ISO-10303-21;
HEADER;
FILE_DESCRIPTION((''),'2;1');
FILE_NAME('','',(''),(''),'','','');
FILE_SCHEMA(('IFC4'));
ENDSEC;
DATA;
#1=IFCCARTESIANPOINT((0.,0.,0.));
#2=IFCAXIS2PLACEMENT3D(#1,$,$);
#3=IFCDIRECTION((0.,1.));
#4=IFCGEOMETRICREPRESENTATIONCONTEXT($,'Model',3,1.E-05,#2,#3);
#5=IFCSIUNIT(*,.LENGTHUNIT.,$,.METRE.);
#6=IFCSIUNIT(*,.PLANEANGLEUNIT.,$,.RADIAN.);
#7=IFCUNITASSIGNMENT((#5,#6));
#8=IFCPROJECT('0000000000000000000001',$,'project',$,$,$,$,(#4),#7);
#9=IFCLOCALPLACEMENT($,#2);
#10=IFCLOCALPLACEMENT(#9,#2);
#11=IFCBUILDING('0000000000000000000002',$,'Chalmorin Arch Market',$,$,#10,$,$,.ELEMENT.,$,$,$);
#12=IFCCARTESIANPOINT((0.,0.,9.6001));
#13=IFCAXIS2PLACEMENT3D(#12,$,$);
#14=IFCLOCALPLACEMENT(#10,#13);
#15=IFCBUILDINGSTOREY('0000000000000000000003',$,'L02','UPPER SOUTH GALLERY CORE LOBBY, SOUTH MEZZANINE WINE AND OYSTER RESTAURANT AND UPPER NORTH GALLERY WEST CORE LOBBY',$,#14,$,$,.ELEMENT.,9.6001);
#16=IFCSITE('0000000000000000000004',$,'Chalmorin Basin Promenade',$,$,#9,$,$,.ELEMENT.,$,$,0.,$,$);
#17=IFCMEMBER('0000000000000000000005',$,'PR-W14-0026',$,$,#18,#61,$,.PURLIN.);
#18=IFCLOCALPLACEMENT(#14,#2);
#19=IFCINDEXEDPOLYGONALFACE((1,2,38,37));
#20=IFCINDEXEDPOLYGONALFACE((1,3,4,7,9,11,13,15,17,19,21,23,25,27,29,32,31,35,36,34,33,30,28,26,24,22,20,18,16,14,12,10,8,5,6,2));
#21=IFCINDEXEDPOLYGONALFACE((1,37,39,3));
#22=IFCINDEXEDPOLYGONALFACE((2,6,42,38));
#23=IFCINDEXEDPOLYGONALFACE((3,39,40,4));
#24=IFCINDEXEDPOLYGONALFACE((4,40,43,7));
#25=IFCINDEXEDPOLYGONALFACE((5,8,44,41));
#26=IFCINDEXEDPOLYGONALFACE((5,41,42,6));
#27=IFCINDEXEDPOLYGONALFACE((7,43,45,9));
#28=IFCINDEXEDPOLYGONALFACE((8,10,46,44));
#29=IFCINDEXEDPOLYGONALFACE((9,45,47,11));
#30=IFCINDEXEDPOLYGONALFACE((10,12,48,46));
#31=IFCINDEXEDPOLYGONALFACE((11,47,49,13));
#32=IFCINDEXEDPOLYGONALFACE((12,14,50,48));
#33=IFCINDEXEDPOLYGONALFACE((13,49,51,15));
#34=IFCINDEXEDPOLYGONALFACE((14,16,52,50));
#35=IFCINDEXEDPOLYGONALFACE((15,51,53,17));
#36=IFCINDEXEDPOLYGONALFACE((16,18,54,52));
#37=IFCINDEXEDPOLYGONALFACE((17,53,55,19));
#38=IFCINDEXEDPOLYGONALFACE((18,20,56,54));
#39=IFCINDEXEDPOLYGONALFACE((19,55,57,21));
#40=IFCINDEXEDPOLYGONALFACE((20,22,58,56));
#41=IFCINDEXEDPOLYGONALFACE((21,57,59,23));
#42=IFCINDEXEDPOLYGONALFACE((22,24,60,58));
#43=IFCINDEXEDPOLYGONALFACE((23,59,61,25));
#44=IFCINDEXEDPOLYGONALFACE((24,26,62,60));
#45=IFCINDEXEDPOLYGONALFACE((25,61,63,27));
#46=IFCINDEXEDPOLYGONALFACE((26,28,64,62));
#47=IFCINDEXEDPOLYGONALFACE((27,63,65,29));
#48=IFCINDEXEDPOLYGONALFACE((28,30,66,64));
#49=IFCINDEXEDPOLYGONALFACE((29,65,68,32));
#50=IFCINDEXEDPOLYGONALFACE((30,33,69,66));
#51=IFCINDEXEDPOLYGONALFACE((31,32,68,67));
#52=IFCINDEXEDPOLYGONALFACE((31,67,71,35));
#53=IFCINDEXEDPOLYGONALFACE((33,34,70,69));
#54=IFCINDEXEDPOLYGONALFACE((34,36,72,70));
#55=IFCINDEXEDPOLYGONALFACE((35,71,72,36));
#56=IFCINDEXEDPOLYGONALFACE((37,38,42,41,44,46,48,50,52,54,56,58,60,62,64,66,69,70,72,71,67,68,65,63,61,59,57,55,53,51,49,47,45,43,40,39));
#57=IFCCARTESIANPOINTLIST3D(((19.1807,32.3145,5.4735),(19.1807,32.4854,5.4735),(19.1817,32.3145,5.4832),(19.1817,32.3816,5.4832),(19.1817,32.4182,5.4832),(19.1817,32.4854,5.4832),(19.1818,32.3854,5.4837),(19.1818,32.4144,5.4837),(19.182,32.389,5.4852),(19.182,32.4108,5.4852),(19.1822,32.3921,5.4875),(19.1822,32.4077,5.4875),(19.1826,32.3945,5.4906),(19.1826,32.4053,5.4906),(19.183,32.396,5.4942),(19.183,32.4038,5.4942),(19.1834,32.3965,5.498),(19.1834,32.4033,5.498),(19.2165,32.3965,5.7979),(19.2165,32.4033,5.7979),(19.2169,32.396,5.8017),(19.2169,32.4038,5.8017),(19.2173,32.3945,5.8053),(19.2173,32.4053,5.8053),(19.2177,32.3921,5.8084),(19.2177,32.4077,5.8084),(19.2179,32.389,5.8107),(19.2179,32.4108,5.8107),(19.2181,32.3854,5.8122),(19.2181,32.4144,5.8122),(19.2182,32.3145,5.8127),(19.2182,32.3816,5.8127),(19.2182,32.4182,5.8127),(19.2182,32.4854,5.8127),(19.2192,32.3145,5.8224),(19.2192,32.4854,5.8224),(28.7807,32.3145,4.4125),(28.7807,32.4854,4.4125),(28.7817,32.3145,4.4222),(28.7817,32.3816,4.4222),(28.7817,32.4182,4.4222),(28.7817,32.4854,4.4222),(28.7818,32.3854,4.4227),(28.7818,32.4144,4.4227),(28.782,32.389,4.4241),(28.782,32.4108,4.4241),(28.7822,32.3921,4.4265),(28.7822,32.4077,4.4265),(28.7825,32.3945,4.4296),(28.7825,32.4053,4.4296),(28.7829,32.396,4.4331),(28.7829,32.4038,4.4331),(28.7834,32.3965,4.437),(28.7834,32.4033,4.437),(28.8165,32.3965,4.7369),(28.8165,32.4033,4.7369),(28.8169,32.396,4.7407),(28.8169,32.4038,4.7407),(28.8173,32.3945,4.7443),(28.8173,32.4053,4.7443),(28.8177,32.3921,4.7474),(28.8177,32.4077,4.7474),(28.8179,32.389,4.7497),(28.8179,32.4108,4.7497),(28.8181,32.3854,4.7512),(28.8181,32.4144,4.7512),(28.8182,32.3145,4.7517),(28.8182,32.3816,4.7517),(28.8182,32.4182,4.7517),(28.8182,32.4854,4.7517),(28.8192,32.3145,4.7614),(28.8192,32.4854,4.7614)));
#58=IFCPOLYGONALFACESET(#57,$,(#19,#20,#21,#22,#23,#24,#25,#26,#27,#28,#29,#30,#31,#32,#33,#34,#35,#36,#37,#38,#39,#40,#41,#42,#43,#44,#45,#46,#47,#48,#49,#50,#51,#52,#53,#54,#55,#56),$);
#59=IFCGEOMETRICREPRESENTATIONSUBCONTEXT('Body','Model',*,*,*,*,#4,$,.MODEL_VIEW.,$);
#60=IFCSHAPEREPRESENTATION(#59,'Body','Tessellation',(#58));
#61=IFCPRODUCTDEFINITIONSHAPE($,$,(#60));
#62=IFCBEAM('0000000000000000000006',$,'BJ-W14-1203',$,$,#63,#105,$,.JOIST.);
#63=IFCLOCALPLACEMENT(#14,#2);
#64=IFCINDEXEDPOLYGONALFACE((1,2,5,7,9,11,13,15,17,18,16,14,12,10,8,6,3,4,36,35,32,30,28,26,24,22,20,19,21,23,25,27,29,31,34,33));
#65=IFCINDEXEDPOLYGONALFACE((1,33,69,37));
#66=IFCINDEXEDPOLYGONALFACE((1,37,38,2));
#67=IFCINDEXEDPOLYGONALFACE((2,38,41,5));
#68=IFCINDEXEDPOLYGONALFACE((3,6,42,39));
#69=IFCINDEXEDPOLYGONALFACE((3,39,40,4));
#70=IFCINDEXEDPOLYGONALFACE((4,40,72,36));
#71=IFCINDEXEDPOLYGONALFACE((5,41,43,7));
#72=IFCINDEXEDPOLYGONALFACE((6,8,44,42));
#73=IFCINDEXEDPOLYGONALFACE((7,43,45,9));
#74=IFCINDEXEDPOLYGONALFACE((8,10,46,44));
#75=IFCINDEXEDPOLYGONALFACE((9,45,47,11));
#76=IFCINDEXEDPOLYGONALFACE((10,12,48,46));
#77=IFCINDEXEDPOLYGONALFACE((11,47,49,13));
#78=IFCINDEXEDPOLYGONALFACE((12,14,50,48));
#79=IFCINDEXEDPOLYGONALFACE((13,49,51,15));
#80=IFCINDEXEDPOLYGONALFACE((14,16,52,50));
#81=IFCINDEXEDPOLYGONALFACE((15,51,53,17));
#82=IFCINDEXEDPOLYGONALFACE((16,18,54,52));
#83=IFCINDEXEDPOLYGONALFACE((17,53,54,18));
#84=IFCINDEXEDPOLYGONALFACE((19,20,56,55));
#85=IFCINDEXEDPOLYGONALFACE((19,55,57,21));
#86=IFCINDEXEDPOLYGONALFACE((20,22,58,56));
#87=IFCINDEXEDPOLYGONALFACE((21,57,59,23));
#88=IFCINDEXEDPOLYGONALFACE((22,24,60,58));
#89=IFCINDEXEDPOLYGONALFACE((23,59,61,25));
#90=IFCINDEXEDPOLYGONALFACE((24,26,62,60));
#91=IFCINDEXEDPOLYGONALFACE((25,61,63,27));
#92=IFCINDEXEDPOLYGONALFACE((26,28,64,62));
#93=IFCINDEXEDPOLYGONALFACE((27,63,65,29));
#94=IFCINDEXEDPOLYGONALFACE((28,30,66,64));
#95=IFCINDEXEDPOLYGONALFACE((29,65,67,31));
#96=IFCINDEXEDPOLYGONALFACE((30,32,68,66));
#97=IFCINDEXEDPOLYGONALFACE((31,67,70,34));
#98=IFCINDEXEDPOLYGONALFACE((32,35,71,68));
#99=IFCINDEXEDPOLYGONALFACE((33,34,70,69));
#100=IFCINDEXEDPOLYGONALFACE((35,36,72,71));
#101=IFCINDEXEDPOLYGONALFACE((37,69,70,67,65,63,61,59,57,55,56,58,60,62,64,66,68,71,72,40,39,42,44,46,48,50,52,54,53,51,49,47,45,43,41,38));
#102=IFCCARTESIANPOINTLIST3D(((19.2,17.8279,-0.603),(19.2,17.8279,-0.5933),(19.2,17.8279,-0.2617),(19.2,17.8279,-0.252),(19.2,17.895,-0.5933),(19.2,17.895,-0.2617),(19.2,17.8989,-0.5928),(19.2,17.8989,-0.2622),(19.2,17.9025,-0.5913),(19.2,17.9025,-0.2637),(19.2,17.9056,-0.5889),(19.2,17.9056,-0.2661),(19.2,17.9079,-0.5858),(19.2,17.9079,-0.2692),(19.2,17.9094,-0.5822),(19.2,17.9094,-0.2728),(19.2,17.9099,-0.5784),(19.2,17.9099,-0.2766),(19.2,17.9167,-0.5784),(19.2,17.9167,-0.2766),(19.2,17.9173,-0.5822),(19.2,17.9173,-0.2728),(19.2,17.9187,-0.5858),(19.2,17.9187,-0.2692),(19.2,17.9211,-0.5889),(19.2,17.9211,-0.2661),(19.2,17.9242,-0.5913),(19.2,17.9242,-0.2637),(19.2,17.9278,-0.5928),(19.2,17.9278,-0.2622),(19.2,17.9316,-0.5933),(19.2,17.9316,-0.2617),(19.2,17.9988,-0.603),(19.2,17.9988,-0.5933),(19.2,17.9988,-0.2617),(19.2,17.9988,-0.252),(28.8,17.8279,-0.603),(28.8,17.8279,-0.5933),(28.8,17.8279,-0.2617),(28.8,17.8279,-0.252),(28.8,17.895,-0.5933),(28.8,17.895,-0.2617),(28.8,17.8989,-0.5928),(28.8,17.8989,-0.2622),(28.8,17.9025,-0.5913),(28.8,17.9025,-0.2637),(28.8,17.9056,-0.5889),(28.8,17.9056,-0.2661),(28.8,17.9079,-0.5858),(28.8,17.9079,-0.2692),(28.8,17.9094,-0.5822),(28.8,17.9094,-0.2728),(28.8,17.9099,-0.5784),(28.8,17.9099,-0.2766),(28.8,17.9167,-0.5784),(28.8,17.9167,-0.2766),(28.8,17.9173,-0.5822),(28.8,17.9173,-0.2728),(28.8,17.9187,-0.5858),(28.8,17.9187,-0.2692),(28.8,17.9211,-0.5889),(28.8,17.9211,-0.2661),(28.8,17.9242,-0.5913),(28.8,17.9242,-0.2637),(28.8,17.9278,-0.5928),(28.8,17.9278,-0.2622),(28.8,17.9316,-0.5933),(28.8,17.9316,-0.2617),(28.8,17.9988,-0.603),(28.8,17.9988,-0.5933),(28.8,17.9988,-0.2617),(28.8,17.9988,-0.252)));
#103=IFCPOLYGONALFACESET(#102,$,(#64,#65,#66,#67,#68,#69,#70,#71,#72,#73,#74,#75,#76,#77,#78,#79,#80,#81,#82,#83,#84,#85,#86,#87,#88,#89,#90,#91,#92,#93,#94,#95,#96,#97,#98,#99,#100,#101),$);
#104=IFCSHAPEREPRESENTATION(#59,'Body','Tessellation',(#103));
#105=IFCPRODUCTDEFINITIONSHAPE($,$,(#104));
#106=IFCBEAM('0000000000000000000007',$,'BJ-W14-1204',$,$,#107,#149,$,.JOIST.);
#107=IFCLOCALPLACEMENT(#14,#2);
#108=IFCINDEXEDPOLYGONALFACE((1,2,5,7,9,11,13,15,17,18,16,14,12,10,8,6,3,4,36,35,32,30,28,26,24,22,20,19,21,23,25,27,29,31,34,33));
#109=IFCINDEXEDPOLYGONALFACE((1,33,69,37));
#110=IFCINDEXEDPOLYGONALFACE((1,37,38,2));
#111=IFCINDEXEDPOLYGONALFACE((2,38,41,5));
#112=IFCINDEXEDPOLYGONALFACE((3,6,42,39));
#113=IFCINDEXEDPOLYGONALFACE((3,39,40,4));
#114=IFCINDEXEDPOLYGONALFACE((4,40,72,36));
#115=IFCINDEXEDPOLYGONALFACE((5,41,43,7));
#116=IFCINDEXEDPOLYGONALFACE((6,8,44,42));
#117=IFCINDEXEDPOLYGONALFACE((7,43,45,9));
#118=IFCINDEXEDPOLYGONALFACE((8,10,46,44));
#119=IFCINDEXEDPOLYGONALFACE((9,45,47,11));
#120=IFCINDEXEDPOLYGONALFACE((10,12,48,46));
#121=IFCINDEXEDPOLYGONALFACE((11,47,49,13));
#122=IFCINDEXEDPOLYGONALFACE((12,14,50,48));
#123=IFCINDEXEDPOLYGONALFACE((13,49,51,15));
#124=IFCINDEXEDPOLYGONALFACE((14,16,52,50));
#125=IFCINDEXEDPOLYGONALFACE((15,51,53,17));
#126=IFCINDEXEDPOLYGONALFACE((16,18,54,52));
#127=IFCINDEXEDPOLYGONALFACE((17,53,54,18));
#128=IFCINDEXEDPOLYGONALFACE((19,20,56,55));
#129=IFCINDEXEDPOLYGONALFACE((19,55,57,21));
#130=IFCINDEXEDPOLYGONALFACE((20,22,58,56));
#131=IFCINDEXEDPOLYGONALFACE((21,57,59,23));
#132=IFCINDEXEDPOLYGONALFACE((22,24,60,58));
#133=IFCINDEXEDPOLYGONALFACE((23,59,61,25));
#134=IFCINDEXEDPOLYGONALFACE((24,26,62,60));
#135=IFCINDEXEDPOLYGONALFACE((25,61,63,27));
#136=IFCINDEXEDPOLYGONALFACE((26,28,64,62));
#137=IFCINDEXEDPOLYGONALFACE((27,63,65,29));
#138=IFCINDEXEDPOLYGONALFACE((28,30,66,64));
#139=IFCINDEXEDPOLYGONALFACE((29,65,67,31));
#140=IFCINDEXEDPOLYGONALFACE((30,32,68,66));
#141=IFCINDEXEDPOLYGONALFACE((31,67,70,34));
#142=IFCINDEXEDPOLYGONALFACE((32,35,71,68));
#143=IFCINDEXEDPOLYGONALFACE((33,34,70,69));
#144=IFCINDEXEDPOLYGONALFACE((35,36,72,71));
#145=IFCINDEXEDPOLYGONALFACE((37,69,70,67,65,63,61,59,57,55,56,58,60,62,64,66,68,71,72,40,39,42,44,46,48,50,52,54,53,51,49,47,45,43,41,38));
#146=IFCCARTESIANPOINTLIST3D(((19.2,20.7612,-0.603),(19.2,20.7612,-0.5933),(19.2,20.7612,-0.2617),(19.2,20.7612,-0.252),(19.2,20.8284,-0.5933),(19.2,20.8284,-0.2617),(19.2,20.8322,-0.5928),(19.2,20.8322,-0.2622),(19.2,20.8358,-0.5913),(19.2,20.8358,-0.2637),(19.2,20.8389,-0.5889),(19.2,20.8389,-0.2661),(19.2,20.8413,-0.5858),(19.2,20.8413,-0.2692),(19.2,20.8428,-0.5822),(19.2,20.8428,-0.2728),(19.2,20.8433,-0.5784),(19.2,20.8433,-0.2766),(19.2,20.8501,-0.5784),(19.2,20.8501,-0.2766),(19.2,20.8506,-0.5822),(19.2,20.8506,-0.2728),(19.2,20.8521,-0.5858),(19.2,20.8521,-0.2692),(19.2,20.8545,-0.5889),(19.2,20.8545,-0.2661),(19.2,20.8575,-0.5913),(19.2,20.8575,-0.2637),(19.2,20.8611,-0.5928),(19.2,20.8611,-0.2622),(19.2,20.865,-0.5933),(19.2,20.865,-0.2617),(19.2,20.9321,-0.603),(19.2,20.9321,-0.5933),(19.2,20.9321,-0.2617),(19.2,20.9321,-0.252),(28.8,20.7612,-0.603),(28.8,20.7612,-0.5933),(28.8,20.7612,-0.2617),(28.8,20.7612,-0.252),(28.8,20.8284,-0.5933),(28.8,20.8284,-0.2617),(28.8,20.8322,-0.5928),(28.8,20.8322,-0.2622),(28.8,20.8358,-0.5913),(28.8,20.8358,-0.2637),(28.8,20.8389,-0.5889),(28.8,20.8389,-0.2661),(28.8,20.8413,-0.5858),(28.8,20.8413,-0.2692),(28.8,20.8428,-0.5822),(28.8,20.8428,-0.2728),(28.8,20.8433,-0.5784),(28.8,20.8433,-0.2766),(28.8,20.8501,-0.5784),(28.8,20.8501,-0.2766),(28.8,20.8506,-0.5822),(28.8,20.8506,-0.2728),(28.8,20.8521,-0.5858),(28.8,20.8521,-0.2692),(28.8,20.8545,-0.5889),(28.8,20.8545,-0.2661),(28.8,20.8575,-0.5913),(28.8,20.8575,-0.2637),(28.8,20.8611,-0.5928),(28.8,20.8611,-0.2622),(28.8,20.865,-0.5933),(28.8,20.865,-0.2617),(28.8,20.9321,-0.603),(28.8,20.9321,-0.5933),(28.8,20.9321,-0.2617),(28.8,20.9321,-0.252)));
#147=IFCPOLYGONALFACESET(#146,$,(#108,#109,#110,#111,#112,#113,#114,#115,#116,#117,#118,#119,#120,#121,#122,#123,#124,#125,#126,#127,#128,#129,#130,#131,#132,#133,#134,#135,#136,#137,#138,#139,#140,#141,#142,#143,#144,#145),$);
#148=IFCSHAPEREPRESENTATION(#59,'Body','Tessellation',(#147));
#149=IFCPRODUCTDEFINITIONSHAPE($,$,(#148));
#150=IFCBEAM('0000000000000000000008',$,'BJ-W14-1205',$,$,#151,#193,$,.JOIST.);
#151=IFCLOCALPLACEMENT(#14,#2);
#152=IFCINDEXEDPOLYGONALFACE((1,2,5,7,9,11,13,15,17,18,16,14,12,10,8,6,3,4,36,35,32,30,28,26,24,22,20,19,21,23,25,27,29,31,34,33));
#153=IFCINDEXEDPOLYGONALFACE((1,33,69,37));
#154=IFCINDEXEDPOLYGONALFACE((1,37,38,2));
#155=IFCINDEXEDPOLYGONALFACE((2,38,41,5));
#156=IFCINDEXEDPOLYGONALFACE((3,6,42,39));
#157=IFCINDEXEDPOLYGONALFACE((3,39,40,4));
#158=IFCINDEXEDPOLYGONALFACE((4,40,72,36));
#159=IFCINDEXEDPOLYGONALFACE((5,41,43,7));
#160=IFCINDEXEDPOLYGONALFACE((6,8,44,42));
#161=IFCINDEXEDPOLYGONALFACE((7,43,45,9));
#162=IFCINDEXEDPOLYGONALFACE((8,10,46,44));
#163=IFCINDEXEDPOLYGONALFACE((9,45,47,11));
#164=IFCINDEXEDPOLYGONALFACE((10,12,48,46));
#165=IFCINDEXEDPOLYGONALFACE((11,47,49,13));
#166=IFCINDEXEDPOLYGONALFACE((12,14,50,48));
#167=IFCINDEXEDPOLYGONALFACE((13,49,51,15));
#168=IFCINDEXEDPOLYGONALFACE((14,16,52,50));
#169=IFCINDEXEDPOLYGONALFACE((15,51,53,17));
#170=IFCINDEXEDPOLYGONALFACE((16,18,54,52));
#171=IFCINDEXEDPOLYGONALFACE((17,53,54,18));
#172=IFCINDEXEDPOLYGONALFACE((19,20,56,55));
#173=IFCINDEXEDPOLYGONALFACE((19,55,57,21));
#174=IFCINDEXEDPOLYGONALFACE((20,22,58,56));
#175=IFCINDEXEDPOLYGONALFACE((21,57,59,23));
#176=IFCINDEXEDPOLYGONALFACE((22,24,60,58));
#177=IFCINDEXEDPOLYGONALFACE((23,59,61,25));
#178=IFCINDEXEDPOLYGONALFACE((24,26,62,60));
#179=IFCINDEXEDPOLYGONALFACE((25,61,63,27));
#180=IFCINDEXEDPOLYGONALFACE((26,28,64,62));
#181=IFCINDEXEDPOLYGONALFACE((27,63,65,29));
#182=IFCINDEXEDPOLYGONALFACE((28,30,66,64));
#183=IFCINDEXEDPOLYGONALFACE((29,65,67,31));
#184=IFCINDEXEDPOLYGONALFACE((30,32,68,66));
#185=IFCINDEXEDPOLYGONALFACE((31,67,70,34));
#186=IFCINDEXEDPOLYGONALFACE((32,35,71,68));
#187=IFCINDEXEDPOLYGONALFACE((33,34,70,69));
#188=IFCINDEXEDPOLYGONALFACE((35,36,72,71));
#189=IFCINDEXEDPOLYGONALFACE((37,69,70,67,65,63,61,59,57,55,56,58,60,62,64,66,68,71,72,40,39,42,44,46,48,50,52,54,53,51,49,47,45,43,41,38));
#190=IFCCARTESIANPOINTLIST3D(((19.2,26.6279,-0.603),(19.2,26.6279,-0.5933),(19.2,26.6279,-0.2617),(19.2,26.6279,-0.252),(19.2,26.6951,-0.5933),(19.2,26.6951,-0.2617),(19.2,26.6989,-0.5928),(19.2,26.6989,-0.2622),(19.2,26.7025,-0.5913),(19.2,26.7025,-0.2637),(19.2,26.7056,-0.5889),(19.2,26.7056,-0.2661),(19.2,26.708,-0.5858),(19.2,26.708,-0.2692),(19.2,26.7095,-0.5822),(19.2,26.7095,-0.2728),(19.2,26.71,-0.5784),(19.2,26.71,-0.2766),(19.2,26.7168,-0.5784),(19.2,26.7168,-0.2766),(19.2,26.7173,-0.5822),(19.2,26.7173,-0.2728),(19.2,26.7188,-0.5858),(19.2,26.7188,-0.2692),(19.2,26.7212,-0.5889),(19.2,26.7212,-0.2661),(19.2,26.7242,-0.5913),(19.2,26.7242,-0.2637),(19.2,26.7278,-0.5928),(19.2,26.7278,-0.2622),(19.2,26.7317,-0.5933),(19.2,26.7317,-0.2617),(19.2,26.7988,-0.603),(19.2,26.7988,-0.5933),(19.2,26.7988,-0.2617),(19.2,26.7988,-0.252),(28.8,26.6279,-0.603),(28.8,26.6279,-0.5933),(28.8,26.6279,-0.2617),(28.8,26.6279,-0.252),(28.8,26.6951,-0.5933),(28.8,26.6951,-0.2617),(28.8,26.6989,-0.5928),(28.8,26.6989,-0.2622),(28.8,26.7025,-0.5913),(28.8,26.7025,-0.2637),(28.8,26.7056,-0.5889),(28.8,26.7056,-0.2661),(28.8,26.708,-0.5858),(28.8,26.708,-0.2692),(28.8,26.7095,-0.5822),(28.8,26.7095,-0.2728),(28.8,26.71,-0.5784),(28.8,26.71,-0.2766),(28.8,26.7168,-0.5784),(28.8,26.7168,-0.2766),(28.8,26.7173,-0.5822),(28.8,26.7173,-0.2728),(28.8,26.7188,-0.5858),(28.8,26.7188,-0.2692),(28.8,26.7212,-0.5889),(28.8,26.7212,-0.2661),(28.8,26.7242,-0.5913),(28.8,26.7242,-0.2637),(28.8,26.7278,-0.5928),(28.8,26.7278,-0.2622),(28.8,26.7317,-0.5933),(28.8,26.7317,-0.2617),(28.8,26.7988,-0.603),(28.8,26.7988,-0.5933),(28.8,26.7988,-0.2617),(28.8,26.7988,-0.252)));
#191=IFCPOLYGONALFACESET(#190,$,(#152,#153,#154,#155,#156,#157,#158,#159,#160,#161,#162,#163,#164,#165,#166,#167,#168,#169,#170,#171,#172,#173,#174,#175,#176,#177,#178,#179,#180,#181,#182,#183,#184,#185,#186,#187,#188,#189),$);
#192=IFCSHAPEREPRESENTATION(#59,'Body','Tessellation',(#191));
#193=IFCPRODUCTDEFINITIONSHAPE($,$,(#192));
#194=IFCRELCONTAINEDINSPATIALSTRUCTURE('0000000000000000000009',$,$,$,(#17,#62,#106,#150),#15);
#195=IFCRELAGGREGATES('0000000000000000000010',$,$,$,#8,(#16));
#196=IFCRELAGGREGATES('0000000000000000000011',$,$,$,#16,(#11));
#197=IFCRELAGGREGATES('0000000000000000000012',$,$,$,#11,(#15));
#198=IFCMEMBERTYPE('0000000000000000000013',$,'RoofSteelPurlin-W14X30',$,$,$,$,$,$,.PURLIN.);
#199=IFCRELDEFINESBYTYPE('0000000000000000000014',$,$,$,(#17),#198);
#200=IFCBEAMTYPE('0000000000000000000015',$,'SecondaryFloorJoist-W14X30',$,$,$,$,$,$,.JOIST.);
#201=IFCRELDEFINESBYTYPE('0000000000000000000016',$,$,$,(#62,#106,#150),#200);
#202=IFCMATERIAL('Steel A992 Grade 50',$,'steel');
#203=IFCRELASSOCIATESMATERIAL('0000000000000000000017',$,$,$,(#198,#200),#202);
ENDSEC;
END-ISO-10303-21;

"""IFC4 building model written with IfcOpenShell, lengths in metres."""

from ifc_helpers import new_model, si_unit, direction, frame, origin, origin_2d, place, context, subcontext, project, spatial, i_section, extrude, material, material_profile, profile_set, type_object, element, save


model = new_model("IFC4")

# Units and contexts
model_context = context("Model", 3, precision=1e-05, world=origin(), true_north=direction((0.0, 1.0)))
body_context = subcontext(model_context, "Body", "Model", "MODEL_VIEW")
ifc_project = project(units=[si_unit("LENGTHUNIT", "METRE"), si_unit("PLANEANGLEUNIT", "RADIAN")], contexts=[model_context])

# Site, building, storey
site_placement = place(None, origin())
site = spatial("IfcSite", under=ifc_project, at=site_placement, Name="Chalmorin Basin Promenade", CompositionType="ELEMENT", RefElevation=0.0)
building_placement = place(site_placement, origin())
building = spatial("IfcBuilding", under=site, at=building_placement, Name="Chalmorin Arch Market", CompositionType="ELEMENT")
storey_placement = place(building_placement, frame((0.0, 0.0, 9.6001)))
storey = spatial("IfcBuildingStorey", under=building, at=storey_placement, Name="L02", Description="UPPER SOUTH GALLERY CORE LOBBY, SOUTH MEZZANINE WINE AND OYSTER RESTAURANT AND UPPER NORTH GALLERY WEST CORE LOBBY", CompositionType="ELEMENT", Elevation=9.6001)

# Shared definitions
ifc_material_1 = material(Name="Steel A992 Grade 50", Category="steel")

# Member
ifc_material_profile_1 = material_profile(ifc_material_1, i_section(OverallWidth=0.1709, OverallDepth=0.3511, WebThickness=0.0068, FlangeThickness=0.0098, FilletRadius=0.0149, at=origin_2d()), Name="W14X30")
ifc_profile_set_1 = profile_set([ifc_material_profile_1], Name="Steel A992 Grade 50")
member_type = type_object("IfcMemberType", Name="RoofSteelPurlin-W14X30", PredefinedType="PURLIN", material=ifc_profile_set_1)
for number, where, z_axis, x_axis, name in (
    (1, (19.2, 32.3999, 5.6479), (0.993948, 0.0, -0.109854), (0.0, 1.0, 0.0), "PR-W14-0026"),
):
    element("IfcMember", number, at=place(storey_placement, frame(where, z_axis=z_axis, x_axis=x_axis)), inside=storey, type_object=member_type, Name=name, PredefinedType="PURLIN", context=body_context, shape_type="SweptSolid", body=[
        extrude(i_section(OverallWidth=0.1709, OverallDepth=0.3511, WebThickness=0.0068, FlangeThickness=0.0098, FilletRadius=0.0149, at=origin_2d()), origin(), (0.0, 0.0, 1.0), 9.6584),
    ])

# Beams
ifc_material_profile_2 = material_profile(ifc_material_1, i_section(OverallWidth=0.1709, OverallDepth=0.3511, WebThickness=0.0068, FlangeThickness=0.0098, FilletRadius=0.0149, at=origin_2d()), Name="W14X30")
ifc_profile_set_2 = profile_set([ifc_material_profile_2], Name="Steel A992 Grade 50")
beam_type_1 = type_object("IfcBeamType", Name="SecondaryFloorJoist-W14X30", PredefinedType="JOIST", material=ifc_profile_set_2)
for number, where, z_axis, x_axis, name in (
    (2, (19.2, 17.9133, -0.4275), (1.0, 0.0, 0.0), (0.0, 1.0, 0.0), "BJ-W14-1203"),
    (3, (19.2, 20.8467, -0.4275), (1.0, 0.0, 0.0), (0.0, 1.0, 0.0), "BJ-W14-1204"),
    (4, (19.2, 26.7134, -0.4275), (1.0, 0.0, 0.0), (0.0, 1.0, 0.0), "BJ-W14-1205"),
):
    element("IfcBeam", number, at=place(storey_placement, frame(where, z_axis=z_axis, x_axis=x_axis)), inside=storey, type_object=beam_type_1, Name=name, PredefinedType="JOIST", context=body_context, shape_type="SweptSolid", body=[
        extrude(i_section(OverallWidth=0.1709, OverallDepth=0.3511, WebThickness=0.0068, FlangeThickness=0.0098, FilletRadius=0.0149, at=origin_2d()), origin(), (0.0, 0.0, 1.0), 9.6001),
    ])

save(model, "model.ifc")
